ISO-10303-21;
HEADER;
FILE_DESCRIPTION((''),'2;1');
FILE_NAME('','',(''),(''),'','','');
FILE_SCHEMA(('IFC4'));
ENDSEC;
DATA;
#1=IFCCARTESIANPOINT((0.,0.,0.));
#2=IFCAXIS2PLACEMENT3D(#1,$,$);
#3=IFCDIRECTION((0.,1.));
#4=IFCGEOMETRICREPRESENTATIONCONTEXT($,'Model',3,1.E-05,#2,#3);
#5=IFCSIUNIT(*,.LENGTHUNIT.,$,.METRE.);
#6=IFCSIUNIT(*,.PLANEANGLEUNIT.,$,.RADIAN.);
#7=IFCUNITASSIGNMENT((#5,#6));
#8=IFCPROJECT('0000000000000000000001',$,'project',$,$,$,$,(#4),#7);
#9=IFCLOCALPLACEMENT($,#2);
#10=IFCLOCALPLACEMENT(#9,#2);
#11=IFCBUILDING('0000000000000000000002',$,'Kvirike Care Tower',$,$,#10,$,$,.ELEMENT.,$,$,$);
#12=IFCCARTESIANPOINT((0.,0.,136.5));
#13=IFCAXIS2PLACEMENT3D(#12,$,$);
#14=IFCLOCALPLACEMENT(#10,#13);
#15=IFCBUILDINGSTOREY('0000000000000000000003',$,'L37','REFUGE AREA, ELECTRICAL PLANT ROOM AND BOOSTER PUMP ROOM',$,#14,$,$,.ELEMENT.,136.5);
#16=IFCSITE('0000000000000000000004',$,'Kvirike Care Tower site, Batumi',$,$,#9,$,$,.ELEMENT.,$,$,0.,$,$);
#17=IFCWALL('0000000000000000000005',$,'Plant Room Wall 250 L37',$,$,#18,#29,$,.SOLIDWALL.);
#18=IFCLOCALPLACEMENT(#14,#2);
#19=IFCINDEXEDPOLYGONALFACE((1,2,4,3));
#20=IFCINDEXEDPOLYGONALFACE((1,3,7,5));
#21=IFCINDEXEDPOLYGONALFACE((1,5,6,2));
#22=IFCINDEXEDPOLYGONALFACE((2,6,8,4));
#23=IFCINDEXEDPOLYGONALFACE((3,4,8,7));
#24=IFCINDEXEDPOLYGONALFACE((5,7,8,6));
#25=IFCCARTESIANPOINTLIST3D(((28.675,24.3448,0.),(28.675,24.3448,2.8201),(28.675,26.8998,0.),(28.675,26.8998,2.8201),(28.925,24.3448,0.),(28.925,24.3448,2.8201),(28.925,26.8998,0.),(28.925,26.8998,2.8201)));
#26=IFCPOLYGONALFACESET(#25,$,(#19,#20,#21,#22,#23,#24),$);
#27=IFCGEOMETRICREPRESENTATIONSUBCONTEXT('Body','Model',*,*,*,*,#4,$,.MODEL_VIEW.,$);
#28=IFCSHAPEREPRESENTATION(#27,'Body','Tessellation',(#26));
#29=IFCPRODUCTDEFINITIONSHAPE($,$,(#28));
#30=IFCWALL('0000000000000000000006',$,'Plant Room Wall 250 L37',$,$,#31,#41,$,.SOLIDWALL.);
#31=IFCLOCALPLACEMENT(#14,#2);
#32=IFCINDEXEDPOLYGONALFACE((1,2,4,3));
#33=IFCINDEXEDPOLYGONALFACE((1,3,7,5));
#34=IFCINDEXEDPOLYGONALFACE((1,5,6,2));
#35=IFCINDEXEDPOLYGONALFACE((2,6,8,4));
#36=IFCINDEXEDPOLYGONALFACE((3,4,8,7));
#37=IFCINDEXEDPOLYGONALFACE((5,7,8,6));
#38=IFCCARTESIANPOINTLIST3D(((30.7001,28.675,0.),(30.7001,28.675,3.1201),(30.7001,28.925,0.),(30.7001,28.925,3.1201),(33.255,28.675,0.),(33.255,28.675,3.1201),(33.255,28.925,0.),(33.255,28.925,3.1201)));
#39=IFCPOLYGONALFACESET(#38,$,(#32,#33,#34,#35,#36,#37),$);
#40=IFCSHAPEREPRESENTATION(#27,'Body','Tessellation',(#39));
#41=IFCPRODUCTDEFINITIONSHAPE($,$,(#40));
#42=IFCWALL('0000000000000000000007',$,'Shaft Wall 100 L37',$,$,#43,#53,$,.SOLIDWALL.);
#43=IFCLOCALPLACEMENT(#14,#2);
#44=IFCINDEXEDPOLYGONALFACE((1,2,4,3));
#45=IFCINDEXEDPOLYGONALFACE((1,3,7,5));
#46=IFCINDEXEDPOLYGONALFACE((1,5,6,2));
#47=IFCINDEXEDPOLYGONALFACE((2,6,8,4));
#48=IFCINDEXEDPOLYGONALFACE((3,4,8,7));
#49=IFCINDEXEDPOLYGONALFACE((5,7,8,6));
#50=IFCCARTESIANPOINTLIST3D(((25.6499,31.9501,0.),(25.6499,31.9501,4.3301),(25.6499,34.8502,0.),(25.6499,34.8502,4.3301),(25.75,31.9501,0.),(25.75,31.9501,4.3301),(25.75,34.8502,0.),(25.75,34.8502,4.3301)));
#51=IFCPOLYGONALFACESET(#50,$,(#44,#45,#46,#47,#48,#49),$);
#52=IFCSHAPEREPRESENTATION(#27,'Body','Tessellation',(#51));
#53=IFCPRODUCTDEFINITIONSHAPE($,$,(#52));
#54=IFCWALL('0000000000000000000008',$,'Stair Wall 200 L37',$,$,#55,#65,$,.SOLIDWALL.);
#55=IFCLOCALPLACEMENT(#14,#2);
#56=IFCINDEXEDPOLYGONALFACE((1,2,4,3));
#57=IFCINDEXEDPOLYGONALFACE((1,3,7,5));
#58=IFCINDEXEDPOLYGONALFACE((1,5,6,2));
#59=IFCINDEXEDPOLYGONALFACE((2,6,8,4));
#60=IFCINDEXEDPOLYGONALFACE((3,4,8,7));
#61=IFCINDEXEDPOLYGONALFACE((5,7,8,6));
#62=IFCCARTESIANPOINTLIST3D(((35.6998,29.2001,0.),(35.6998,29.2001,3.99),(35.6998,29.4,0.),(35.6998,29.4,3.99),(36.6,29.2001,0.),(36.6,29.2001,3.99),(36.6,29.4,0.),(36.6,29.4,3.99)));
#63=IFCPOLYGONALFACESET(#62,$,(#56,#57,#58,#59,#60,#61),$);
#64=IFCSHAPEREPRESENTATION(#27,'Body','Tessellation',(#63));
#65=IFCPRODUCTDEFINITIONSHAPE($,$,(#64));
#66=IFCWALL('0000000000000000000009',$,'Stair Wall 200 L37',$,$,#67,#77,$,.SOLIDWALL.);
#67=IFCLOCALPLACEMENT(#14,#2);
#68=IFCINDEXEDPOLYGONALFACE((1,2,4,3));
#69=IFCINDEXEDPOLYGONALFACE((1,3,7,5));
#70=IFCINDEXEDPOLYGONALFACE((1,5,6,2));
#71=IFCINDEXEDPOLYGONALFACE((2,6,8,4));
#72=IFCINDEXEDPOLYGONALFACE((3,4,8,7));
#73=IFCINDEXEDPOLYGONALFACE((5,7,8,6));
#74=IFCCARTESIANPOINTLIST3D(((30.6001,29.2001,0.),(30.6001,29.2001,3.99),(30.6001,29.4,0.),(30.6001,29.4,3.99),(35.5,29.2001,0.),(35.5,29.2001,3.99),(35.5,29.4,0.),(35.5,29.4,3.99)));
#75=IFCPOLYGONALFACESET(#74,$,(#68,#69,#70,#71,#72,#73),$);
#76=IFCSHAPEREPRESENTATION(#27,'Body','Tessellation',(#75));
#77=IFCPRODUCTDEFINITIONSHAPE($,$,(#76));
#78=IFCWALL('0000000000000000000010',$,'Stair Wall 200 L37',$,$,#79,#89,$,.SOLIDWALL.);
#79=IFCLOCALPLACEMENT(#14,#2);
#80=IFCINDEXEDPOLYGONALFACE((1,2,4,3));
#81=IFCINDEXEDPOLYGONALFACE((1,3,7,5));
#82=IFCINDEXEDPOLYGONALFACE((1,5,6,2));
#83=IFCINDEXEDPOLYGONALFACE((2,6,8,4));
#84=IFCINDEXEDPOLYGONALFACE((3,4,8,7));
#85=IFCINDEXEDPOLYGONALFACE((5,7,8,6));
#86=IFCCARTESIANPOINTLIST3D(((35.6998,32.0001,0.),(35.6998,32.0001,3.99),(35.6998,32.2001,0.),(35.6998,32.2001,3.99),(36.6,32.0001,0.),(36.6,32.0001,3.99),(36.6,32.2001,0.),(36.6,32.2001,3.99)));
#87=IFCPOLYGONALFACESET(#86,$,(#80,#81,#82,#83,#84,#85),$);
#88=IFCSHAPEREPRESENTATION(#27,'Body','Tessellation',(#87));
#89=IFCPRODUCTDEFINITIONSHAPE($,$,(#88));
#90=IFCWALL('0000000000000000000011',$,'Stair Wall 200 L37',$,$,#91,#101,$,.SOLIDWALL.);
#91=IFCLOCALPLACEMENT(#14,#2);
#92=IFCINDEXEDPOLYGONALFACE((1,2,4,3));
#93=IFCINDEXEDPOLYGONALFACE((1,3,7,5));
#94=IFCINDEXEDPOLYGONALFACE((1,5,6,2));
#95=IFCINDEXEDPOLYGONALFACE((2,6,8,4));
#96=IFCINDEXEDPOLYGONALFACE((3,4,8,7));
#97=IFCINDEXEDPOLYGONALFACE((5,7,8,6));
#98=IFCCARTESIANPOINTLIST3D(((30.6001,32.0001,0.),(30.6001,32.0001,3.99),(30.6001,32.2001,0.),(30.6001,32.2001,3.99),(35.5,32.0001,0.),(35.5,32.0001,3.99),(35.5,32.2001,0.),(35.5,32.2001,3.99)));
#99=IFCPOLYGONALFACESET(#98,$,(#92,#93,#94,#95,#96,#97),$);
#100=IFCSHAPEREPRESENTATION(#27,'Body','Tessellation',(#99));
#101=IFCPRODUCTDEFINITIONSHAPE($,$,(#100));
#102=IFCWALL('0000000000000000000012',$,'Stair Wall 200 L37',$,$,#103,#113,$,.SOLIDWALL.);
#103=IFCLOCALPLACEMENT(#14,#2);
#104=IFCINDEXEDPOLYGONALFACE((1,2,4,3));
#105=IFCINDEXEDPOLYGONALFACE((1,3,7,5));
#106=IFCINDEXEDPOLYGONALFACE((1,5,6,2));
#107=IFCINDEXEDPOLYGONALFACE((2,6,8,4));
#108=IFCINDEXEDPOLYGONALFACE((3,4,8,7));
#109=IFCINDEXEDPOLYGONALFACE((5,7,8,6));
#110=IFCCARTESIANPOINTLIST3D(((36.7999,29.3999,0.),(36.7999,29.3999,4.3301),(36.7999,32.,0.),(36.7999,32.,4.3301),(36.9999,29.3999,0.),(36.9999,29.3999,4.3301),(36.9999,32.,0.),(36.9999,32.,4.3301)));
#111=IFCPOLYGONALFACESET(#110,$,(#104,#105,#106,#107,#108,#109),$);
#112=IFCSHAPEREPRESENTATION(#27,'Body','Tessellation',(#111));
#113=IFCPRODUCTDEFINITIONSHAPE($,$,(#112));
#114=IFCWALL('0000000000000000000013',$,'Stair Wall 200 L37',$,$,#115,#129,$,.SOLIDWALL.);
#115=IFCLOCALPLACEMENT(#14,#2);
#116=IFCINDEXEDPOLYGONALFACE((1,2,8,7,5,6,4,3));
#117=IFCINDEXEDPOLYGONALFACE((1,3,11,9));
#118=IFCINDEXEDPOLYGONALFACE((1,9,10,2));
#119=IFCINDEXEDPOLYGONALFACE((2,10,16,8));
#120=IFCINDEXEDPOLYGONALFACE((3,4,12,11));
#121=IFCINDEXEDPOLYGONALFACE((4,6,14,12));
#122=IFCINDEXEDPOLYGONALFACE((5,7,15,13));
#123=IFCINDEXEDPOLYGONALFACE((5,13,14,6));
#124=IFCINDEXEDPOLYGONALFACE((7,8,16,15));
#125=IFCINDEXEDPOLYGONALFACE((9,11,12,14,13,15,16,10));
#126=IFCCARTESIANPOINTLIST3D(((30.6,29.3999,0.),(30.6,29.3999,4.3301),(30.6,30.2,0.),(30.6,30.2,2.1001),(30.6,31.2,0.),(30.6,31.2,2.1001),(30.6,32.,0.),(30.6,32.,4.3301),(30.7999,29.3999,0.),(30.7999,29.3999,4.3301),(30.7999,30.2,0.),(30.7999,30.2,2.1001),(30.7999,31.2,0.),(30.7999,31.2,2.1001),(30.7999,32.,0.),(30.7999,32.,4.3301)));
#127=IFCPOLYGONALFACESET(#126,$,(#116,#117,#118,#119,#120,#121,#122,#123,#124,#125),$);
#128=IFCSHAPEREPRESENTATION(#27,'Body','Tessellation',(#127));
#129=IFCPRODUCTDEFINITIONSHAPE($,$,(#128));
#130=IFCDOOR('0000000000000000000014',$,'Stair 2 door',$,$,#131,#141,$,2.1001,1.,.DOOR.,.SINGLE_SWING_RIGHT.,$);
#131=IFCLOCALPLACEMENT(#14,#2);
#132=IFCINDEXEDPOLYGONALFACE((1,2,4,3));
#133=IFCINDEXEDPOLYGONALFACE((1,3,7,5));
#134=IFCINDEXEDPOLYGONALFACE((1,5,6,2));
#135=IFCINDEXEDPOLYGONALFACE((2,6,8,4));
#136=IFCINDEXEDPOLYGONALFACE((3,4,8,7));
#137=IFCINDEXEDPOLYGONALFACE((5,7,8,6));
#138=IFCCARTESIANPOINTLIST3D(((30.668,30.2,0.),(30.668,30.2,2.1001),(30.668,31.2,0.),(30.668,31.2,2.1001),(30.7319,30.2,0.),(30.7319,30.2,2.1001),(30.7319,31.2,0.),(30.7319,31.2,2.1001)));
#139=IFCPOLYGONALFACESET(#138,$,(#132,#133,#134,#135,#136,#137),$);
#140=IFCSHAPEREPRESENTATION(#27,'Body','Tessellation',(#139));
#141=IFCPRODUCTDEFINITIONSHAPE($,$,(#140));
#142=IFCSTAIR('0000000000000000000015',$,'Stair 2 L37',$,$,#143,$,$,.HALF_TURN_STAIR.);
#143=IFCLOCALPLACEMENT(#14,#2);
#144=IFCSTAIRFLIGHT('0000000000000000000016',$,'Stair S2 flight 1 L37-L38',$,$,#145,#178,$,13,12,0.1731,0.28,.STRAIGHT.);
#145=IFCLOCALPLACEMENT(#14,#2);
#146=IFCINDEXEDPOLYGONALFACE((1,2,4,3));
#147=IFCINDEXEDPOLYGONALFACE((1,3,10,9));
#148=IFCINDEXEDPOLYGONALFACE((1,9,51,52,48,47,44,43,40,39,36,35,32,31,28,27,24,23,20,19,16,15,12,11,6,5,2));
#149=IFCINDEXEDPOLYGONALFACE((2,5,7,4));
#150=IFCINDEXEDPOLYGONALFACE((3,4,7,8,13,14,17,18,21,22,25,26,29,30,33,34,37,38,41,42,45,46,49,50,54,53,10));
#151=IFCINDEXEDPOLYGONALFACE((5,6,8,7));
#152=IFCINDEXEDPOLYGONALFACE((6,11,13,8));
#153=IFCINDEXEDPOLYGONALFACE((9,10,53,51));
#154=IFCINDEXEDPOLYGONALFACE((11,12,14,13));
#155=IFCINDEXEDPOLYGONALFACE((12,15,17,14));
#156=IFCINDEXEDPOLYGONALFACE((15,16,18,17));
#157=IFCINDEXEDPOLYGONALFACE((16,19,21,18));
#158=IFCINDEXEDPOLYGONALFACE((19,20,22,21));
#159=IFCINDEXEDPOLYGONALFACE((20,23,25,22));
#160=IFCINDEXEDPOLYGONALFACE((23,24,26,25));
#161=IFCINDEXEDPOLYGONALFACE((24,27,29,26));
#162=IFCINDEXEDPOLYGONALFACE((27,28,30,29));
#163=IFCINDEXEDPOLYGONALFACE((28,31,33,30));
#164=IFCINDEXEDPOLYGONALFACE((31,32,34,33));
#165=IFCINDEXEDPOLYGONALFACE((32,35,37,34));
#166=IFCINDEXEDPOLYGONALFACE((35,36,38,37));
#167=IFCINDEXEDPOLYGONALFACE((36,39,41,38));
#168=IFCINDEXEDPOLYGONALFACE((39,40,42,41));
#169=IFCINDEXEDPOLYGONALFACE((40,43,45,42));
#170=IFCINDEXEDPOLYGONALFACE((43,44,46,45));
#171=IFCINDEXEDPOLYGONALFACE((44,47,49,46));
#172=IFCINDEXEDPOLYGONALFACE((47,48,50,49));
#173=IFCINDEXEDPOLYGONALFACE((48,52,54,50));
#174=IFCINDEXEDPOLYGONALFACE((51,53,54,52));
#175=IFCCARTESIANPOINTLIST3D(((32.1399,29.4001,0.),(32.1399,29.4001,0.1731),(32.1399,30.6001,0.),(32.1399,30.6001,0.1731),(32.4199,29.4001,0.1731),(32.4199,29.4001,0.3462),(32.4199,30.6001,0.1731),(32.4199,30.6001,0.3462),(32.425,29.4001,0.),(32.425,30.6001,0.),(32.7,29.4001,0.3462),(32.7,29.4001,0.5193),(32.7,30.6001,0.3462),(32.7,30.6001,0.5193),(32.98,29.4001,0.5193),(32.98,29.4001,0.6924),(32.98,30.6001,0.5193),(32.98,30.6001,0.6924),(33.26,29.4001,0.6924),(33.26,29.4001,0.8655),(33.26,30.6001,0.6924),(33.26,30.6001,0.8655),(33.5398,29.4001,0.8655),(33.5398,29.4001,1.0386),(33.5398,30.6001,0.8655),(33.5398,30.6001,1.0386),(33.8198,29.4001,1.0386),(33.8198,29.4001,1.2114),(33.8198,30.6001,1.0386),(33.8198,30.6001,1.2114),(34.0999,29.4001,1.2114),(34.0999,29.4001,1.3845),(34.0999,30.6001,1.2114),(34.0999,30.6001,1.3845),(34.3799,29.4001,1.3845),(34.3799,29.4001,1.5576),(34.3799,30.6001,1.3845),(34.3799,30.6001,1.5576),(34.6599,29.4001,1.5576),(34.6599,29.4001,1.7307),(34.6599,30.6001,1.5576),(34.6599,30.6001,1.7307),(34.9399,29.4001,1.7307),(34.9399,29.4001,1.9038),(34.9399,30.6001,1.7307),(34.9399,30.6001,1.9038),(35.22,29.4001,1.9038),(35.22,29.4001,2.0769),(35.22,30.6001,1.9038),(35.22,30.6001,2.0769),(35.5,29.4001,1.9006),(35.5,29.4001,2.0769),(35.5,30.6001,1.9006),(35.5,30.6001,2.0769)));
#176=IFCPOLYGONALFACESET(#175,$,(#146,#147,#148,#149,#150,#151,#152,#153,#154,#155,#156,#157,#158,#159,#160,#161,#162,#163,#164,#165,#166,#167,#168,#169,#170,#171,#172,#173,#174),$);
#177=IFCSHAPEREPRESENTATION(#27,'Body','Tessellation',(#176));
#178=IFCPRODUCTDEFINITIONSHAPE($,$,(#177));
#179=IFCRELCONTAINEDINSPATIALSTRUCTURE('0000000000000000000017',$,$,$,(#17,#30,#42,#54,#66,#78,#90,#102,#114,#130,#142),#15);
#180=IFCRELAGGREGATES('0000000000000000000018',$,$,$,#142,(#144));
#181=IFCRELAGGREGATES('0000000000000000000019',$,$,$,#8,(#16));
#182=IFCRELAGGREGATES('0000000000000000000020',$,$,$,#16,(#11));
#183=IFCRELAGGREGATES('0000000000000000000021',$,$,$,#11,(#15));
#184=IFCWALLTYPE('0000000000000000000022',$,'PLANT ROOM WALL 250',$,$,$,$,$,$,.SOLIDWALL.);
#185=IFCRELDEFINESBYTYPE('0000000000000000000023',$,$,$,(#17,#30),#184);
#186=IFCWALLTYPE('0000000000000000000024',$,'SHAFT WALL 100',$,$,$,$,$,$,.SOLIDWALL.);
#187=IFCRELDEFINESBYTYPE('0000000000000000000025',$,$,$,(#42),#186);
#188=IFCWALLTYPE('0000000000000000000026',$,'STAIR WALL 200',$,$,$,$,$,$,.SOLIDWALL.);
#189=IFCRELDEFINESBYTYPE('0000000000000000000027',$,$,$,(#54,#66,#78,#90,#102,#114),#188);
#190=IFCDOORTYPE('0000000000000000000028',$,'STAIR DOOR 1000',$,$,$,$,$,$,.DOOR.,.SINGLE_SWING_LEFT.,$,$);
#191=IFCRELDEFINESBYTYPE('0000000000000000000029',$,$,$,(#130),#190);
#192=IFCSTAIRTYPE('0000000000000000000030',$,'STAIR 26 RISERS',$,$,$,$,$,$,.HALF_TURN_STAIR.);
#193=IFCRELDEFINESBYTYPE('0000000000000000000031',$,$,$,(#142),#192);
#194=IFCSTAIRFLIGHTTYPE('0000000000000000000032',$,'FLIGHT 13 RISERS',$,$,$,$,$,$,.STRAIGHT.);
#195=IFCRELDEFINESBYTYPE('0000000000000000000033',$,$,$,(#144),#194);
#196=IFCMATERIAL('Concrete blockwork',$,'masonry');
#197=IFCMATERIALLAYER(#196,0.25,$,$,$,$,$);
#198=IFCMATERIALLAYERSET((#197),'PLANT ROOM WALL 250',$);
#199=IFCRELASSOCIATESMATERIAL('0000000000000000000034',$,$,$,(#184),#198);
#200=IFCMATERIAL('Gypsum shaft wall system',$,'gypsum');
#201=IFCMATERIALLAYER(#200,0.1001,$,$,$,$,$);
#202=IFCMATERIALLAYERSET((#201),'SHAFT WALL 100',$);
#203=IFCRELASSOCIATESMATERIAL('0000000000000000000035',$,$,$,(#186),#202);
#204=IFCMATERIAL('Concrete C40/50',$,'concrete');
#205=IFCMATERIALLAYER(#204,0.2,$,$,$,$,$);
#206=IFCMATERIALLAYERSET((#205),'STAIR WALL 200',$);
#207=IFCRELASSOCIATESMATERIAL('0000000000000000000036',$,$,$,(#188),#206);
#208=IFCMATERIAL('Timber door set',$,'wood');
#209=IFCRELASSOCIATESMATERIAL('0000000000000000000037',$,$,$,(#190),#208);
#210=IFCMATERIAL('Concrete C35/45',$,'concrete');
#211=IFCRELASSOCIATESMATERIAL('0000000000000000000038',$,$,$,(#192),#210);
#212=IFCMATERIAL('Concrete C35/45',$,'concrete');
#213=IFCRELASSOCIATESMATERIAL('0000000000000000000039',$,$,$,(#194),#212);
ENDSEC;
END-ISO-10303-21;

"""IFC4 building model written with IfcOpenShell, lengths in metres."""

from ifc_helpers import new_model, si_unit, direction, frame, frame_2d, origin, place, context, subcontext, project, spatial, polyline, rectangle, outline, extrude, material, layer, layer_set, type_object, element, fill, aggregate, save


model = new_model("IFC4")

# Units and contexts
model_context = context("Model", 3, precision=1e-05, world=origin(), true_north=direction((0.0, 1.0)))
body_context = subcontext(model_context, "Body", "Model", "MODEL_VIEW")
ifc_project = project(units=[si_unit("LENGTHUNIT", "METRE"), si_unit("PLANEANGLEUNIT", "RADIAN")], contexts=[model_context])

# Site, building, storey
site_placement = place(None, origin())
site = spatial("IfcSite", under=ifc_project, at=site_placement, Name="Kvirike Care Tower site, Batumi", CompositionType="ELEMENT", RefElevation=0.0)
building_placement = place(site_placement, origin())
building = spatial("IfcBuilding", under=site, at=building_placement, Name="Kvirike Care Tower", CompositionType="ELEMENT")
storey_placement = place(building_placement, frame((0.0, 0.0, 136.5)))
storey = spatial("IfcBuildingStorey", under=building, at=storey_placement, Name="L37", Description="REFUGE AREA, ELECTRICAL PLANT ROOM AND BOOSTER PUMP ROOM", CompositionType="ELEMENT", Elevation=136.5)

# Shared definitions
ifc_material_1 = material(Name="Concrete blockwork", Category="masonry")
ifc_layer_1 = layer(ifc_material_1, 0.25)
ifc_layer_set_1 = layer_set([ifc_layer_1], Name="PLANT ROOM WALL 250")
wall_type_1 = type_object("IfcWallType", Name="PLANT ROOM WALL 250", PredefinedType="SOLIDWALL", material=ifc_layer_set_1)

# Walls
wall_1_placement = place(storey_placement, frame((28.8, 24.345, 0.0), z_axis=(0.0, 0.0, 1.0), x_axis=(0.0, 1.0, 0.0)))
element("IfcWall", 1, at=wall_1_placement, inside=storey, type_object=wall_type_1, Name="Plant Room Wall 250 L37", PredefinedType="SOLIDWALL", context=body_context, shape_type="SweptSolid", body=[
    extrude(rectangle(XDim=2.5549, YDim=0.25, at=frame_2d((1.2773, 0.0))), origin(), (0.0, 0.0, 1.0), 2.8201),
])
wall_2_placement = place(storey_placement, frame((33.2549, 28.8, 0.0), z_axis=(0.0, 0.0, 1.0), x_axis=(-1.0, 0.0, 0.0)))
element("IfcWall", 2, at=wall_2_placement, inside=storey, type_object=wall_type_1, Name="Plant Room Wall 250 L37", PredefinedType="SOLIDWALL", context=body_context, shape_type="SweptSolid", body=[
    extrude(rectangle(XDim=2.5549, YDim=0.25, at=frame_2d((1.2773, 0.0))), origin(), (0.0, 0.0, 1.0), 3.1201),
])
ifc_material_2 = material(Name="Gypsum shaft wall system", Category="gypsum")
ifc_layer_2 = layer(ifc_material_2, 0.1001)
ifc_layer_set_2 = layer_set([ifc_layer_2], Name="SHAFT WALL 100")
wall_type_2 = type_object("IfcWallType", Name="SHAFT WALL 100", PredefinedType="SOLIDWALL", material=ifc_layer_set_2)
wall_3_placement = place(storey_placement, frame((25.7, 31.95, 0.0), z_axis=(0.0, 0.0, 1.0), x_axis=(0.0, 1.0, 0.0)))
element("IfcWall", 3, at=wall_3_placement, inside=storey, type_object=wall_type_2, Name="Shaft Wall 100 L37", PredefinedType="SOLIDWALL", context=body_context, shape_type="SweptSolid", body=[
    extrude(rectangle(XDim=2.9001, YDim=0.1001, at=frame_2d((1.4502, 0.0))), origin(), (0.0, 0.0, 1.0), 4.3301),
])
ifc_material_3 = material(Name="Concrete C40/50", Category="concrete")
ifc_layer_3 = layer(ifc_material_3, 0.2)
ifc_layer_set_3 = layer_set([ifc_layer_3], Name="STAIR WALL 200")
wall_type_3 = type_object("IfcWallType", Name="STAIR WALL 200", PredefinedType="SOLIDWALL", material=ifc_layer_set_3)
wall_4_placement = place(storey_placement, frame((36.6001, 29.3, 0.0), z_axis=(0.0, 0.0, 1.0), x_axis=(-1.0, 0.0, 0.0)))
element("IfcWall", 4, at=wall_4_placement, inside=storey, type_object=wall_type_3, Name="Stair Wall 200 L37", PredefinedType="SOLIDWALL", context=body_context, shape_type="SweptSolid", body=[
    extrude(rectangle(XDim=0.9001, YDim=0.2, at=frame_2d((0.4502, 0.0))), origin(), (0.0, 0.0, 1.0), 3.99),
])
wall_5_placement = place(storey_placement, frame((35.5, 29.3, 0.0), z_axis=(0.0, 0.0, 1.0), x_axis=(-1.0, 0.0, 0.0)))
element("IfcWall", 5, at=wall_5_placement, inside=storey, type_object=wall_type_3, Name="Stair Wall 200 L37", PredefinedType="SOLIDWALL", context=body_context, shape_type="SweptSolid", body=[
    extrude(rectangle(XDim=4.8999, YDim=0.2, at=frame_2d((2.45, 0.0))), origin(), (0.0, 0.0, 1.0), 3.99),
])
wall_6_placement = place(storey_placement, frame((36.6001, 32.1001, 0.0), z_axis=(0.0, 0.0, 1.0), x_axis=(-1.0, 0.0, 0.0)))
element("IfcWall", 6, at=wall_6_placement, inside=storey, type_object=wall_type_3, Name="Stair Wall 200 L37", PredefinedType="SOLIDWALL", context=body_context, shape_type="SweptSolid", body=[
    extrude(rectangle(XDim=0.9001, YDim=0.2, at=frame_2d((0.4502, 0.0))), origin(), (0.0, 0.0, 1.0), 3.99),
])
wall_7_placement = place(storey_placement, frame((35.5, 32.1001, 0.0), z_axis=(0.0, 0.0, 1.0), x_axis=(-1.0, 0.0, 0.0)))
element("IfcWall", 7, at=wall_7_placement, inside=storey, type_object=wall_type_3, Name="Stair Wall 200 L37", PredefinedType="SOLIDWALL", context=body_context, shape_type="SweptSolid", body=[
    extrude(rectangle(XDim=4.8999, YDim=0.2, at=frame_2d((2.45, 0.0))), origin(), (0.0, 0.0, 1.0), 3.99),
])
wall_8_placement = place(storey_placement, frame((36.8999, 29.3999, 0.0), z_axis=(0.0, 0.0, 1.0), x_axis=(0.0, 1.0, 0.0)))
element("IfcWall", 8, at=wall_8_placement, inside=storey, type_object=wall_type_3, Name="Stair Wall 200 L37", PredefinedType="SOLIDWALL", context=body_context, shape_type="SweptSolid", body=[
    extrude(rectangle(XDim=2.6001, YDim=0.2, at=frame_2d((1.3, 0.0))), origin(), (0.0, 0.0, 1.0), 4.3301),
])

# Wall, opening, door
wall_9_placement = place(storey_placement, frame((30.7, 29.3999, 0.0), z_axis=(0.0, 0.0, 1.0), x_axis=(0.0, 1.0, 0.0)))
wall_9 = element("IfcWall", 9, at=wall_9_placement, inside=storey, type_object=wall_type_3, Name="Stair Wall 200 L37", PredefinedType="SOLIDWALL", context=body_context, shape_type="SweptSolid", body=[
    extrude(rectangle(XDim=2.6001, YDim=0.2, at=frame_2d((1.3, 0.0))), origin(), (0.0, 0.0, 1.0), 4.3301),
])
opening_1_placement = place(wall_9_placement, frame((0.8, 0.0, 0.0)))
opening_1 = element("IfcOpeningElement", 10, at=opening_1_placement, cuts=wall_9, PredefinedType="OPENING", context=body_context, shape_type="SweptSolid", body=[
    extrude(rectangle(XDim=1.0, YDim=2.1001, at=frame_2d((0.5, 1.05))), frame((0.0, 0.1106, 0.0), z_axis=(0.0, -1.0, 0.0), x_axis=(1.0, 0.0, 0.0)), (0.0, 0.0, 1.0), 0.2209),
])
ifc_material_4 = material(Name="Timber door set", Category="wood")
door_type_1 = type_object("IfcDoorType", Name="STAIR DOOR 1000", OperationType="SINGLE_SWING_LEFT", PredefinedType="DOOR", material=ifc_material_4)
door_1_placement = place(opening_1_placement, frame((1.0, 0.0, 0.0), z_axis=(0.0, 0.0, 1.0), x_axis=(-1.0, 0.0, 0.0)))
door_1 = element("IfcDoor", 11, at=door_1_placement, inside=storey, type_object=door_type_1, Name="Stair 2 door", OperationType="SINGLE_SWING_RIGHT", OverallHeight=2.1001, OverallWidth=1.0, PredefinedType="DOOR", context=body_context, shape_type="SweptSolid", body=[
    extrude(rectangle(XDim=1.0, YDim=2.1001, at=frame_2d((0.5, 1.05))), frame((0.0, 0.032, 0.0), z_axis=(0.0, -1.0, 0.0), x_axis=(1.0, 0.0, 0.0)), (0.0, 0.0, 1.0), 0.064),
])
fill(opening_1, door_1)

# Stair, stair flight
ifc_material_5 = material(Name="Concrete C35/45", Category="concrete")
stair_type = type_object("IfcStairType", Name="STAIR 26 RISERS", PredefinedType="HALF_TURN_STAIR", material=ifc_material_5)
stair_placement = place(storey_placement, origin())
stair = element("IfcStair", 12, at=stair_placement, inside=storey, type_object=stair_type, Name="Stair 2 L37", PredefinedType="HALF_TURN_STAIR")
ifc_material_6 = material(Name="Concrete C35/45", Category="concrete")
stair_flight_type = type_object("IfcStairFlightType", Name="FLIGHT 13 RISERS", PredefinedType="STRAIGHT", material=ifc_material_6)
stair_flight_1_placement = place(storey_placement, frame((32.1399, 30.0, 0.0), z_axis=(0.0, 0.0, 1.0), x_axis=(1.0, 0.0, 0.0)))
stair_flight_1 = element("IfcStairFlight", 13, at=stair_flight_1_placement, type_object=stair_flight_type, Name="Stair S2 flight 1 L37-L38", NumberOfRisers=13, NumberOfTreads=12, PredefinedType="STRAIGHT", RiserHeight=0.1731, TreadLength=0.28, context=body_context, shape_type="SweptSolid", body=[
    extrude(outline(polyline([(0.0, 0.0), (0.0, 0.1731), (0.28, 0.1731), (0.28, 0.3462), (0.5601, 0.3462), (0.5601, 0.5193), (0.8401, 0.5193), (0.8401, 0.6924), (1.1201, 0.6924), (1.1201, 0.8655), (1.3999, 0.8655), (1.3999, 1.0386), (1.6799, 1.0386), (1.6799, 1.2114), (1.96, 1.2114), (1.96, 1.3845), (2.24, 1.3845), (2.24, 1.5576), (2.52, 1.5576), (2.52, 1.7307), (2.8, 1.7307), (2.8, 1.9038), (3.0801, 1.9038), (3.0801, 2.0769), (3.3601, 2.0769), (3.3601, 2.25), (3.3601, 1.9006), (0.2852, 0.0), (0.0, 0.0)])), frame((0.0, 0.6001, 0.0), z_axis=(0.0, -1.0, 0.0), x_axis=(1.0, 0.0, 0.0)), (0.0, 0.0, 1.0), 1.2),
])
aggregate(stair, [stair_flight_1])

save(model, "model.ifc")
